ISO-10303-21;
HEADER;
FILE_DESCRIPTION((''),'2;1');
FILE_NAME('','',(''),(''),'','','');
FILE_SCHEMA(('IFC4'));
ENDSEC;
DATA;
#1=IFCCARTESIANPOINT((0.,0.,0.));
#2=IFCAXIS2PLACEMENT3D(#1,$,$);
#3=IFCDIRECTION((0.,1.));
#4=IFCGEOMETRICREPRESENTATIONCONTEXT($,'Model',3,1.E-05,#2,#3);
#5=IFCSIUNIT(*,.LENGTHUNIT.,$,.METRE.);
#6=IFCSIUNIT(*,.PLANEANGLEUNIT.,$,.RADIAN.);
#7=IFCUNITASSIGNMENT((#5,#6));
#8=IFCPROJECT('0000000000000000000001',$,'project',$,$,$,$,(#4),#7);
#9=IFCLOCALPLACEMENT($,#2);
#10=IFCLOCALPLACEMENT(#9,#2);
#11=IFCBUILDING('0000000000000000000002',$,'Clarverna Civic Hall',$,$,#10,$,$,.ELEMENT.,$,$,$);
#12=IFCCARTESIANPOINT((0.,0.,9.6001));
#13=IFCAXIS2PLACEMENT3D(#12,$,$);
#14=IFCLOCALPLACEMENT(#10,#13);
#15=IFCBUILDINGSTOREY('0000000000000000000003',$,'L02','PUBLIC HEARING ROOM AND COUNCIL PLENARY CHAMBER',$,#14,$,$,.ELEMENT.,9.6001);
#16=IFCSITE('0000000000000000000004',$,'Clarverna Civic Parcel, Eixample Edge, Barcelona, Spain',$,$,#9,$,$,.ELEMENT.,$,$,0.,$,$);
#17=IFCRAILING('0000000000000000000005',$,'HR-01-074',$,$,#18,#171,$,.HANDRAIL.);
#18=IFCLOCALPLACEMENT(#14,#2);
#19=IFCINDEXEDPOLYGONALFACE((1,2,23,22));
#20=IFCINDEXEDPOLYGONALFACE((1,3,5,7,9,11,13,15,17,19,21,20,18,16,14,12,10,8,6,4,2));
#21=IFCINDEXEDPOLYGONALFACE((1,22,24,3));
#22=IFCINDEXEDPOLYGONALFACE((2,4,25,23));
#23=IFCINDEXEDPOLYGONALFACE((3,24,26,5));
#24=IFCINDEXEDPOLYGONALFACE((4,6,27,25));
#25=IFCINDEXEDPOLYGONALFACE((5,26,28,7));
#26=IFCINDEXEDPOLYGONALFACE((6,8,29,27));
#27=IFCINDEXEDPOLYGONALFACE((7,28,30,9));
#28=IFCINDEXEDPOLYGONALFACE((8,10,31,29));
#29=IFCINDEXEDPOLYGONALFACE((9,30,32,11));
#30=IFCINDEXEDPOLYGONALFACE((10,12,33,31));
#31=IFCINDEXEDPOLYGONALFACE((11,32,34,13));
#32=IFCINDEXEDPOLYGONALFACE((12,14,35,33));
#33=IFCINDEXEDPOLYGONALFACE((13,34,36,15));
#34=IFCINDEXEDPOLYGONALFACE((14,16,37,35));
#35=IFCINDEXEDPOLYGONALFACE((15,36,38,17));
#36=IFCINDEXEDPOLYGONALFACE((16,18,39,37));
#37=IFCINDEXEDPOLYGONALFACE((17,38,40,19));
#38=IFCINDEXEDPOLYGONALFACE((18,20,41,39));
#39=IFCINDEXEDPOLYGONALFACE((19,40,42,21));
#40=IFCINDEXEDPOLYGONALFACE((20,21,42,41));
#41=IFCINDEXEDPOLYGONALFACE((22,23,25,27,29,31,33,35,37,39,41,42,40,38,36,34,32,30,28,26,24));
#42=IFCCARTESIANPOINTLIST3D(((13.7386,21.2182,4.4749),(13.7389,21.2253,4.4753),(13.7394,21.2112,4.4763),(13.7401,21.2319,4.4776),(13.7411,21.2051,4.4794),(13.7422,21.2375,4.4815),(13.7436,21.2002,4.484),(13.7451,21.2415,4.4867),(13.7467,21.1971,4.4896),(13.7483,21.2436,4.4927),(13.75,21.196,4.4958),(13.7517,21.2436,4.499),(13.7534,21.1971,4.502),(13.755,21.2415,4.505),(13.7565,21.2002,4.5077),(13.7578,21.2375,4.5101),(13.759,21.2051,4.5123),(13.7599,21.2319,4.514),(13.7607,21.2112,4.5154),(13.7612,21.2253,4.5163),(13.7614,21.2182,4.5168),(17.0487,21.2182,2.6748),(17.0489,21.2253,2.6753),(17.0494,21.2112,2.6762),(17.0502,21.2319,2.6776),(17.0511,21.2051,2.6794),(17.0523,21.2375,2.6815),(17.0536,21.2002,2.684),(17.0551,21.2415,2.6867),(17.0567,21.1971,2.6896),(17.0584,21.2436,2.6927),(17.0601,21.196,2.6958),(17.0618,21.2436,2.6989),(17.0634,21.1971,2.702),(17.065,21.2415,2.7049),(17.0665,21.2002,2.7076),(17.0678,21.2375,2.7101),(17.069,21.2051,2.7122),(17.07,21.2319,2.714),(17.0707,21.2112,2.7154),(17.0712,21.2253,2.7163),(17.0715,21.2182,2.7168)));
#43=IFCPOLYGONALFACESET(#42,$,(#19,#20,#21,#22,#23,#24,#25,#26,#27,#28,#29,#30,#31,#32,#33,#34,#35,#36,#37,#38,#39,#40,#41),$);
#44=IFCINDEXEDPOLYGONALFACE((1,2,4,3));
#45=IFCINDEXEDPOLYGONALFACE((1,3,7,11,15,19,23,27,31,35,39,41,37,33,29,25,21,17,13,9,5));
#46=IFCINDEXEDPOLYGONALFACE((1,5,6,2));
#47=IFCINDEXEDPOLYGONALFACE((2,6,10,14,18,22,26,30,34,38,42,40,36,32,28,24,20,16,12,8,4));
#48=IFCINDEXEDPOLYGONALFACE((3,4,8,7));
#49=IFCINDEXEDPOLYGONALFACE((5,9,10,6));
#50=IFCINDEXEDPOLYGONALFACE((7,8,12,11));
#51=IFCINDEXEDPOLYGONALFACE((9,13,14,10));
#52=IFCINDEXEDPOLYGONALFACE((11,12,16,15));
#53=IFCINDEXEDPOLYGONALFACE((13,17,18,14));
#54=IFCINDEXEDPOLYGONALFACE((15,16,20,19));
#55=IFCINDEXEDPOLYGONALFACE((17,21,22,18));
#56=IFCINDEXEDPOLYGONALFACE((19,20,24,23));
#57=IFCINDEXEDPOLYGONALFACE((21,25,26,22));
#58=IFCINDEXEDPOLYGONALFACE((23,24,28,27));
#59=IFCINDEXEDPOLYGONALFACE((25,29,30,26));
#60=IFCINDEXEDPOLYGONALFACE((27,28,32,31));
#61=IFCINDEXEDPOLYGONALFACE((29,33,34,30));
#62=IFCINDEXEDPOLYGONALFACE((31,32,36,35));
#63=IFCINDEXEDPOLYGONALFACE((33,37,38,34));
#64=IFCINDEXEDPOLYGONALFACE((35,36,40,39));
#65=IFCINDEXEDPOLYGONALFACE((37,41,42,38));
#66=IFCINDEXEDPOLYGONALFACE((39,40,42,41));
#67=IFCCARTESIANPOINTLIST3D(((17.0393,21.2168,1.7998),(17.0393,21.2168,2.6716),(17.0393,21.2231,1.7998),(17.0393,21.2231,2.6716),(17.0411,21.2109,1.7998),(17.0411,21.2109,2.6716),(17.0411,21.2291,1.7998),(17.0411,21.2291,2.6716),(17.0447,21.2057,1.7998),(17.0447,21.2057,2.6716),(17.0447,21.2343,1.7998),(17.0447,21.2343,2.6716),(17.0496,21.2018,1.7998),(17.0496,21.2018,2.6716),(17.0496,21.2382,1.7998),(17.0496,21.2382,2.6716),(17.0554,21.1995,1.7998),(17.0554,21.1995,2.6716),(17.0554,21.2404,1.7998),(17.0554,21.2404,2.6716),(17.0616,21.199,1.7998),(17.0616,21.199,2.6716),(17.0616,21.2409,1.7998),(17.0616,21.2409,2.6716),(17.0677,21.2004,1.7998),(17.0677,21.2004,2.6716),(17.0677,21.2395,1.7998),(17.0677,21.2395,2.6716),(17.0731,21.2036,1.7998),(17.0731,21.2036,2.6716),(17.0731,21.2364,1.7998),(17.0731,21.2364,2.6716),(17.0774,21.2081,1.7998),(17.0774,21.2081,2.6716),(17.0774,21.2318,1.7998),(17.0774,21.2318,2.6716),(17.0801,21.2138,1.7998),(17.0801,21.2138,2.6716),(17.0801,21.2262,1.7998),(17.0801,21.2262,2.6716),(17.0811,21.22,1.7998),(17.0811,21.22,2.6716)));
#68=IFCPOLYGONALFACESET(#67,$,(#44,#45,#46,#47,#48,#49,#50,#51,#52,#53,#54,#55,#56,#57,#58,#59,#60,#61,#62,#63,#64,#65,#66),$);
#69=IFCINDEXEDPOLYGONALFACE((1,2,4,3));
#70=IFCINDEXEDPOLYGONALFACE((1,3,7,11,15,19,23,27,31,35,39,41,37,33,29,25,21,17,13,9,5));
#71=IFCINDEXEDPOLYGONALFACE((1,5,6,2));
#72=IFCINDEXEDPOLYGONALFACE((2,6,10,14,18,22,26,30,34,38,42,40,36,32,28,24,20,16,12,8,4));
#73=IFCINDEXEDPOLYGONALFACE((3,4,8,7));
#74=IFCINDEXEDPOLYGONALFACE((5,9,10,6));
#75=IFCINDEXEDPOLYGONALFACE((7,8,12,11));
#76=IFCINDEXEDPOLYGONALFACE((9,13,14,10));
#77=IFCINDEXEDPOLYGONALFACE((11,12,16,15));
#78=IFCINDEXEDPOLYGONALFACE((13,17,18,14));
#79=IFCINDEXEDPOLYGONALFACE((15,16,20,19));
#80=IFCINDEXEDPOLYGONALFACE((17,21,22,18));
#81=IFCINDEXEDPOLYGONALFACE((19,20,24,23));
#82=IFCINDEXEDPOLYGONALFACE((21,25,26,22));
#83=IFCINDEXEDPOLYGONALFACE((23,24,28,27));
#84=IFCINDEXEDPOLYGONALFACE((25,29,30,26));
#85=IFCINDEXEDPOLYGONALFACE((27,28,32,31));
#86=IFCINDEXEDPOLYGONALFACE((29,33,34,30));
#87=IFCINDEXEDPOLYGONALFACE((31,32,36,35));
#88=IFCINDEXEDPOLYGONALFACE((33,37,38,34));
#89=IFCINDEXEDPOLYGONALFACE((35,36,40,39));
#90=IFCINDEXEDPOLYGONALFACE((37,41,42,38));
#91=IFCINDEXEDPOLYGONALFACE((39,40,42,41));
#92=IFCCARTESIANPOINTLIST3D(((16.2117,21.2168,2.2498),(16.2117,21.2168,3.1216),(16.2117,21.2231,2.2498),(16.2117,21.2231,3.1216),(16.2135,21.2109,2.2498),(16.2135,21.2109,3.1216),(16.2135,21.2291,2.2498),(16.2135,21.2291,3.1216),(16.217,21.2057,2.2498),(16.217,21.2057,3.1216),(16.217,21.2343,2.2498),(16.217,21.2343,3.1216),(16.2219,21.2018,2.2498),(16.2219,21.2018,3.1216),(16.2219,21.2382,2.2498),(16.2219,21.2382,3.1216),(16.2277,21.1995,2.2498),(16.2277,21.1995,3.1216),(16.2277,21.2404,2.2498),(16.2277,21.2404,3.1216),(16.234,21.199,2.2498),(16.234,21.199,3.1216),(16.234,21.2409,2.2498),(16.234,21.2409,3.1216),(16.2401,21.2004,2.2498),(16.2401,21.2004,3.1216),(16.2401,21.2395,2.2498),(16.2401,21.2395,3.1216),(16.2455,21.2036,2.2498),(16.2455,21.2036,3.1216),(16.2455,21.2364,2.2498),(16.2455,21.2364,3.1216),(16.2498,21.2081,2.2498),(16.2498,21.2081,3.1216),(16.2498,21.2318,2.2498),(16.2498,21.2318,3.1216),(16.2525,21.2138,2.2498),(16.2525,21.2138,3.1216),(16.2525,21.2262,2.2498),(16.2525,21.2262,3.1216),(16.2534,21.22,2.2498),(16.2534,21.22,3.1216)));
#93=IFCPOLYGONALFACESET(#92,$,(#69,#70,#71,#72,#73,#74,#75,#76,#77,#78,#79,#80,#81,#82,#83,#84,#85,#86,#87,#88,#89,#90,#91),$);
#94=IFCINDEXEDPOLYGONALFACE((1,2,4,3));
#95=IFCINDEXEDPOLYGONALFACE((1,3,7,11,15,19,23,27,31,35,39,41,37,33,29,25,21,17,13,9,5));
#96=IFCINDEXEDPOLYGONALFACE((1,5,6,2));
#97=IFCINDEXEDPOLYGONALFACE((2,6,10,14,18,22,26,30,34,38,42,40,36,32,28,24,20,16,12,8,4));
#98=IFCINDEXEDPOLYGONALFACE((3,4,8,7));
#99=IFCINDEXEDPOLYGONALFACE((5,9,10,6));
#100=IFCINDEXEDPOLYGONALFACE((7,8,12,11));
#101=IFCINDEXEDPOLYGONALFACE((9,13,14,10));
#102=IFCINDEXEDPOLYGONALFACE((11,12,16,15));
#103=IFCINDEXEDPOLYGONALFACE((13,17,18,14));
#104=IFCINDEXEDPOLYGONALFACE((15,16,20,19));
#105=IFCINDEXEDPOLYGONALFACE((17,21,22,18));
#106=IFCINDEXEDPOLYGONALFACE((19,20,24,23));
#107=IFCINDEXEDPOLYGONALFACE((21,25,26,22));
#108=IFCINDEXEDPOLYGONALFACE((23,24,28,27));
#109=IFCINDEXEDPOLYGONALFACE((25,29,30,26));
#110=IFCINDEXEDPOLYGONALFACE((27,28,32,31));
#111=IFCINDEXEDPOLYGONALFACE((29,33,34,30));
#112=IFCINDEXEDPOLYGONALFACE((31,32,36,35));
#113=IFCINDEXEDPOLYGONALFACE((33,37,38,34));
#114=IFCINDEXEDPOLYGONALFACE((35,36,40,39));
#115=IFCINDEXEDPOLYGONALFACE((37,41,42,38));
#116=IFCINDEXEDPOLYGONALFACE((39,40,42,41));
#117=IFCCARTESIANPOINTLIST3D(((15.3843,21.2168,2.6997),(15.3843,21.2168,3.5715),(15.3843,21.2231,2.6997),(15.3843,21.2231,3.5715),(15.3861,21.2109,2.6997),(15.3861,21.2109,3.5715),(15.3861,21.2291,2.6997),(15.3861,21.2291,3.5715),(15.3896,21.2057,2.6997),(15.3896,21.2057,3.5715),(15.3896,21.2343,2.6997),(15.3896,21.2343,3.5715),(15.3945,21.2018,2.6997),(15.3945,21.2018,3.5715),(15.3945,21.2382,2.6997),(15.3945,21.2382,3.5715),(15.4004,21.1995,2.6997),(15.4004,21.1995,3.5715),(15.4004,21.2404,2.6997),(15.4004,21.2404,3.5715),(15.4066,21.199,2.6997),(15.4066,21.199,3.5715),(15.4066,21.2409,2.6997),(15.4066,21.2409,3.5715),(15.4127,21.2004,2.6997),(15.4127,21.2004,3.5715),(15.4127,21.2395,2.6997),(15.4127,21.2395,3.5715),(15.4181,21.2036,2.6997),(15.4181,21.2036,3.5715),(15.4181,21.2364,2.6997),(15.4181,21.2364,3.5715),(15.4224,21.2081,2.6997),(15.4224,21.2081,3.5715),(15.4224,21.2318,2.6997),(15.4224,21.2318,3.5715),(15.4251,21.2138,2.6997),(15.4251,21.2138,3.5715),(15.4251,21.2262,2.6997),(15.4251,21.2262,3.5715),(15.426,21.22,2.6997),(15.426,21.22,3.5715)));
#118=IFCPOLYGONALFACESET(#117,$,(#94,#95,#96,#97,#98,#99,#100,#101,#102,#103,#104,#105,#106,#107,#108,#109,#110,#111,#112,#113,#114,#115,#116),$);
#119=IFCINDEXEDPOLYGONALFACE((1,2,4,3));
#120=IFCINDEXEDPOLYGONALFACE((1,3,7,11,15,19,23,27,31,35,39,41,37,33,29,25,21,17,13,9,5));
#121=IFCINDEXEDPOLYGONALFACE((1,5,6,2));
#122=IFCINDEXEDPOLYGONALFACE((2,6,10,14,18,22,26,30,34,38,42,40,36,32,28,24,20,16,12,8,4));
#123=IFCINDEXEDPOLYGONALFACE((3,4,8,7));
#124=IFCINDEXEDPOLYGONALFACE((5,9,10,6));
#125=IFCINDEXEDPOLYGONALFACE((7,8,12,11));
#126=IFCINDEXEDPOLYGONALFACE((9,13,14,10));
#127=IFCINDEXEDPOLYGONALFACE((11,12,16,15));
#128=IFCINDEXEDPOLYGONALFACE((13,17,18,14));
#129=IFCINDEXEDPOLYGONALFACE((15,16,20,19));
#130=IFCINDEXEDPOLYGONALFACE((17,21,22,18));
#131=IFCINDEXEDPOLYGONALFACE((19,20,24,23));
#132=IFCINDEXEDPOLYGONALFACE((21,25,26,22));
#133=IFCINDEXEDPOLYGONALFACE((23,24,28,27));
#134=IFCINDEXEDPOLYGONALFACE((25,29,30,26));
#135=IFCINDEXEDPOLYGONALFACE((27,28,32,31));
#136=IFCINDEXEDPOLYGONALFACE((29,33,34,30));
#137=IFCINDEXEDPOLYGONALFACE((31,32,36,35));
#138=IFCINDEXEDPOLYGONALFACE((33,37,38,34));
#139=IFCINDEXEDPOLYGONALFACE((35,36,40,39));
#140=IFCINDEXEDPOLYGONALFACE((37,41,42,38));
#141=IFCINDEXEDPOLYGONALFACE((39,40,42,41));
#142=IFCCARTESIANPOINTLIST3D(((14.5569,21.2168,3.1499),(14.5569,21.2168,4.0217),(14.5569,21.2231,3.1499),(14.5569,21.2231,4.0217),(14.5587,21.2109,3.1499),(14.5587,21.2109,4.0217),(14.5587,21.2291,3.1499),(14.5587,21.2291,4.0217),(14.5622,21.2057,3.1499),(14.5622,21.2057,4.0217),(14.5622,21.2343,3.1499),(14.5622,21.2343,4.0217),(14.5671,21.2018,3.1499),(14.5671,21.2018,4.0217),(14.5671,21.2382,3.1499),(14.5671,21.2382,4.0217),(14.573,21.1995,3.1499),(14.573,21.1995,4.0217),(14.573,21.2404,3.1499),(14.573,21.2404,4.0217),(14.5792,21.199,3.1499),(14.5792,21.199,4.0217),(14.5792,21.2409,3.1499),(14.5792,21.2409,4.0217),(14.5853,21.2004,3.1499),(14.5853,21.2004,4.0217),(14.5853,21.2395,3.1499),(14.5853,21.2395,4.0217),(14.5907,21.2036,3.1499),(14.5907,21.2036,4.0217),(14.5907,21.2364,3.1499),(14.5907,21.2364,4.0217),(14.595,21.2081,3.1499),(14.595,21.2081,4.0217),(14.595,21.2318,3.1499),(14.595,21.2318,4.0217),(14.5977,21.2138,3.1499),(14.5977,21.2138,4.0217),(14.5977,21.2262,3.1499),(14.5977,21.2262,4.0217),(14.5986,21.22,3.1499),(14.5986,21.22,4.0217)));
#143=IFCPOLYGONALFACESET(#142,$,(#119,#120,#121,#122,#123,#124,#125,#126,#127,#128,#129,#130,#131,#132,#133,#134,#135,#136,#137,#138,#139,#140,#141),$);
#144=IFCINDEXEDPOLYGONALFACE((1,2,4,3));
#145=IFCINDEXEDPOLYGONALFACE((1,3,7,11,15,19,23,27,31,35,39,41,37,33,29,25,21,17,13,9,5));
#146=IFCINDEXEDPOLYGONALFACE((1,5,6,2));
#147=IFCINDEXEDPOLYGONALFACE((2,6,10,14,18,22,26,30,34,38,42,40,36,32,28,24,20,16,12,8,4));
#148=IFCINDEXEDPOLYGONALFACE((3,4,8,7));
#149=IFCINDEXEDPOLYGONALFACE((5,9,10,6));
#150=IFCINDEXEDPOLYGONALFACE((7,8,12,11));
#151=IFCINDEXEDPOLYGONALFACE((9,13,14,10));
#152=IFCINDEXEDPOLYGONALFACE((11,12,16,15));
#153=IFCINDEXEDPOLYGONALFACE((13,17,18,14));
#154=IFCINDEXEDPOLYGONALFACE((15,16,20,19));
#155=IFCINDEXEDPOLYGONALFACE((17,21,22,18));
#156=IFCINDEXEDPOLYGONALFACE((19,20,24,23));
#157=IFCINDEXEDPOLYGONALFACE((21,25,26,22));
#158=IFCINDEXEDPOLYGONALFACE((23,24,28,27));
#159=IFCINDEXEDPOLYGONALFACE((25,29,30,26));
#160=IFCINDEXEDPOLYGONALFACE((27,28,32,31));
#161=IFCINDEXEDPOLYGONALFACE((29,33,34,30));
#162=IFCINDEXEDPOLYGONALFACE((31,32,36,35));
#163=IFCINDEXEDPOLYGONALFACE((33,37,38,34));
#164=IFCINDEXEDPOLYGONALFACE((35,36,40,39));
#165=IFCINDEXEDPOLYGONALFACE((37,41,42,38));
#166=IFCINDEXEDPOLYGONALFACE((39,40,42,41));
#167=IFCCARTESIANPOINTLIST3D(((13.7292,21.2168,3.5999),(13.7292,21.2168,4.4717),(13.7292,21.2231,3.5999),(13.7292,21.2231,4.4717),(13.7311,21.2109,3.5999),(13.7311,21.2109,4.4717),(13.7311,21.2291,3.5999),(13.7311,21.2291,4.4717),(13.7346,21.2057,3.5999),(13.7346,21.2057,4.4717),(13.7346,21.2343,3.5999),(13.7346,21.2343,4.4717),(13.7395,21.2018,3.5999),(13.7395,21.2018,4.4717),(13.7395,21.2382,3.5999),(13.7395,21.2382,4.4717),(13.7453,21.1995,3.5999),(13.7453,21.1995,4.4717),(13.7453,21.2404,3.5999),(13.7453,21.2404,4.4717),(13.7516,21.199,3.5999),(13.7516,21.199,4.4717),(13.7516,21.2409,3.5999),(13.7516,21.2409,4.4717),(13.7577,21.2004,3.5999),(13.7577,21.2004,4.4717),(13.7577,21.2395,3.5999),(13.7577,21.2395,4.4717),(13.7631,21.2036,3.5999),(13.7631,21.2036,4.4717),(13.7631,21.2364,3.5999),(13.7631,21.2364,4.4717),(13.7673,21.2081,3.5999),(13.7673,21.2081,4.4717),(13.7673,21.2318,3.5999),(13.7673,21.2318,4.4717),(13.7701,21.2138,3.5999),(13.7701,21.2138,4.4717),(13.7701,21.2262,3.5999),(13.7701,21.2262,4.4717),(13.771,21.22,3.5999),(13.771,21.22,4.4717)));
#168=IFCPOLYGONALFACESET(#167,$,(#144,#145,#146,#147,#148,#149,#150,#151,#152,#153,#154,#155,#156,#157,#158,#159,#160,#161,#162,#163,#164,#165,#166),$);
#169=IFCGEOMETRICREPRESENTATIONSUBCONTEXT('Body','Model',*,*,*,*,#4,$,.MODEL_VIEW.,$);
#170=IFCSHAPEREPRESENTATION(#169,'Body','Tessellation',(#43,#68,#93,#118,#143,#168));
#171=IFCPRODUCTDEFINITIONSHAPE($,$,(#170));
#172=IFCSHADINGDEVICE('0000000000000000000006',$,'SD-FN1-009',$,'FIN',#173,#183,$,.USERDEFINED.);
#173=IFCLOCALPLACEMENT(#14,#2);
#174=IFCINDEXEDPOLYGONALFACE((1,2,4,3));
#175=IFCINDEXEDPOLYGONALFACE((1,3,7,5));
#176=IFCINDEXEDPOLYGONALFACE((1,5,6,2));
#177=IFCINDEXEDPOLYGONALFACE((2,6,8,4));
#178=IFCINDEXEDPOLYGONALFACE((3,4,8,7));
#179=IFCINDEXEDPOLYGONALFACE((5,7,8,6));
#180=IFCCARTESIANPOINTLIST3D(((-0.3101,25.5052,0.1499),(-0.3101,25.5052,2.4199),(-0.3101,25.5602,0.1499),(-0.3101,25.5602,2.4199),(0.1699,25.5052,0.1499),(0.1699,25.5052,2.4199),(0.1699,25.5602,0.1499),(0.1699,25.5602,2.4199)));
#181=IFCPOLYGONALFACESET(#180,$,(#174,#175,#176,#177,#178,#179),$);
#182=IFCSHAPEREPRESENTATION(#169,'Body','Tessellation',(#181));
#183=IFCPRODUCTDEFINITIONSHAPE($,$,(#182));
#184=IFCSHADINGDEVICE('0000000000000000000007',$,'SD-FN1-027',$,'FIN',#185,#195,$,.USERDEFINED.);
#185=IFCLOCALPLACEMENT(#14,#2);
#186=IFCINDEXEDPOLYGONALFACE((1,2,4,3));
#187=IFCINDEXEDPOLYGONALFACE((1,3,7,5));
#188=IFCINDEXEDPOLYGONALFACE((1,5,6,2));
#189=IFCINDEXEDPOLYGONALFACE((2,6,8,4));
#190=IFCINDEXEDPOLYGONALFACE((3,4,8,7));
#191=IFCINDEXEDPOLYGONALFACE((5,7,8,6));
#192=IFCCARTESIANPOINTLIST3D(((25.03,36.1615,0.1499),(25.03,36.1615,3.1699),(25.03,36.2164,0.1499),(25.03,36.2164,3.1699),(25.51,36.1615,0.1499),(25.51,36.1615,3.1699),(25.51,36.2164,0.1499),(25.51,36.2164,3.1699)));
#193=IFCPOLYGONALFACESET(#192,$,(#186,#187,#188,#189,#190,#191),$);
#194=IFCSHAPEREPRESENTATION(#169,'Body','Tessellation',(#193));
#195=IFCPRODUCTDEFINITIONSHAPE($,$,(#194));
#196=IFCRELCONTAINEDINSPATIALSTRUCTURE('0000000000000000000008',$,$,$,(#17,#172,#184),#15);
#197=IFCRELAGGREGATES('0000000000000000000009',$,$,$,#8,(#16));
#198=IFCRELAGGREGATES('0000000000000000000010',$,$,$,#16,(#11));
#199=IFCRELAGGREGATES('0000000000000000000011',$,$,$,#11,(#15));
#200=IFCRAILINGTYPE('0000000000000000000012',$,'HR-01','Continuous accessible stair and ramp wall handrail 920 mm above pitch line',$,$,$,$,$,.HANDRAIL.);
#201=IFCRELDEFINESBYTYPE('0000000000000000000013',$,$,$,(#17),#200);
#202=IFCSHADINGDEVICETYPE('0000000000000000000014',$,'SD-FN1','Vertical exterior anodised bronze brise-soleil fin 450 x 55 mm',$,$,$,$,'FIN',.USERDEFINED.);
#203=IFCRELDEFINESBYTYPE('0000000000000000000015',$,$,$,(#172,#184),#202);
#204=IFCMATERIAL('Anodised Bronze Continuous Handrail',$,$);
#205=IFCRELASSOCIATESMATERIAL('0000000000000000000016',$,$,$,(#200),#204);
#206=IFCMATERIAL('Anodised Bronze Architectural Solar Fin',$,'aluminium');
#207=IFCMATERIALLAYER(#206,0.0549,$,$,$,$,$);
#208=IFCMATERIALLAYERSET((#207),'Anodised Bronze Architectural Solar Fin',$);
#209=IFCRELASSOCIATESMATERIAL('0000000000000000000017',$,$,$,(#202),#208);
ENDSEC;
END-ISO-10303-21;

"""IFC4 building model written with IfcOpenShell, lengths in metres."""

from ifc_helpers import new_model, si_unit, direction, frame, frame_2d, origin, origin_2d, place, context, subcontext, project, spatial, rectangle, circle, extrude, material, layer, layer_set, type_object, element, save


model = new_model("IFC4")

# Units and contexts
model_context = context("Model", 3, precision=1e-05, world=origin(), true_north=direction((0.0, 1.0)))
body_context = subcontext(model_context, "Body", "Model", "MODEL_VIEW")
ifc_project = project(units=[si_unit("LENGTHUNIT", "METRE"), si_unit("PLANEANGLEUNIT", "RADIAN")], contexts=[model_context])

# Site, building, storey
site_placement = place(None, origin())
site = spatial("IfcSite", under=ifc_project, at=site_placement, Name="Clarverna Civic Parcel, Eixample Edge, Barcelona, Spain", CompositionType="ELEMENT", RefElevation=0.0)
building_placement = place(site_placement, origin())
building = spatial("IfcBuilding", under=site, at=building_placement, Name="Clarverna Civic Hall", CompositionType="ELEMENT")
storey_placement = place(building_placement, frame((0.0, 0.0, 9.6001)))
storey = spatial("IfcBuildingStorey", under=building, at=storey_placement, Name="L02", Description="PUBLIC HEARING ROOM AND COUNCIL PLENARY CHAMBER", CompositionType="ELEMENT", Elevation=9.6001)

# Railing
ifc_material_1 = material(Name="Anodised Bronze Continuous Handrail")
railing_type = type_object("IfcRailingType", Name="HR-01", Description="Continuous accessible stair and ramp wall handrail 920 mm above pitch line", PredefinedType="HANDRAIL", material=ifc_material_1)
railing_placement = place(storey_placement, frame((17.0601, 21.22, 1.7998)))
element("IfcRailing", 1, at=railing_placement, inside=storey, type_object=railing_type, Name="HR-01-074", PredefinedType="HANDRAIL", context=body_context, shape_type="SweptSolid", body=[
    extrude(circle(Radius=0.0239, at=origin_2d()), frame((0.0, 0.0, 0.896), z_axis=(-0.878502, 0.0, 0.477739), x_axis=(0.0, -1.0, 0.0)), (0.0, 0.0, 1.0), 3.7678),
    extrude(circle(Radius=0.021, at=origin_2d()), origin(), (0.0, 0.0, 1.0), 0.8718),
    extrude(circle(Radius=0.021, at=origin_2d()), frame((-0.8276, 0.0, 0.45)), (0.0, 0.0, 1.0), 0.8718),
    extrude(circle(Radius=0.021, at=origin_2d()), frame((-1.655, 0.0, 0.8999)), (0.0, 0.0, 1.0), 0.8718),
    extrude(circle(Radius=0.021, at=origin_2d()), frame((-2.4824, 0.0, 1.3501)), (0.0, 0.0, 1.0), 0.8718),
    extrude(circle(Radius=0.021, at=origin_2d()), frame((-3.3101, 0.0, 1.8)), (0.0, 0.0, 1.0), 0.8718),
])

# Shading devices
ifc_material_2 = material(Name="Anodised Bronze Architectural Solar Fin", Category="aluminium")
ifc_layer_1 = layer(ifc_material_2, 0.0549)
ifc_layer_set_1 = layer_set([ifc_layer_1], Name="Anodised Bronze Architectural Solar Fin")
shading_device_type = type_object("IfcShadingDeviceType", Name="SD-FN1", Description="Vertical exterior anodised bronze brise-soleil fin 450 x 55 mm", ElementType="FIN", PredefinedType="USERDEFINED", material=ifc_layer_set_1)
shading_device_1_placement = place(storey_placement, frame((0.1699, 25.5327, 0.1499), z_axis=(0.0, 0.0, 1.0), x_axis=(-1.0, 0.0, 0.0)))
element("IfcShadingDevice", 2, at=shading_device_1_placement, inside=storey, type_object=shading_device_type, Name="SD-FN1-009", ObjectType="FIN", PredefinedType="USERDEFINED", context=body_context, shape_type="SweptSolid", body=[
    extrude(rectangle(XDim=0.48, YDim=0.0549, at=frame_2d((0.24, 0.0))), origin(), (0.0, 0.0, 1.0), 2.27),
])
shading_device_2_placement = place(storey_placement, frame((25.03, 36.189, 0.1499), z_axis=(0.0, 0.0, 1.0), x_axis=(1.0, 0.0, 0.0)))
element("IfcShadingDevice", 3, at=shading_device_2_placement, inside=storey, type_object=shading_device_type, Name="SD-FN1-027", ObjectType="FIN", PredefinedType="USERDEFINED", context=body_context, shape_type="SweptSolid", body=[
    extrude(rectangle(XDim=0.48, YDim=0.0549, at=frame_2d((0.24, 0.0))), origin(), (0.0, 0.0, 1.0), 3.02),
])

save(model, "model.ifc")
